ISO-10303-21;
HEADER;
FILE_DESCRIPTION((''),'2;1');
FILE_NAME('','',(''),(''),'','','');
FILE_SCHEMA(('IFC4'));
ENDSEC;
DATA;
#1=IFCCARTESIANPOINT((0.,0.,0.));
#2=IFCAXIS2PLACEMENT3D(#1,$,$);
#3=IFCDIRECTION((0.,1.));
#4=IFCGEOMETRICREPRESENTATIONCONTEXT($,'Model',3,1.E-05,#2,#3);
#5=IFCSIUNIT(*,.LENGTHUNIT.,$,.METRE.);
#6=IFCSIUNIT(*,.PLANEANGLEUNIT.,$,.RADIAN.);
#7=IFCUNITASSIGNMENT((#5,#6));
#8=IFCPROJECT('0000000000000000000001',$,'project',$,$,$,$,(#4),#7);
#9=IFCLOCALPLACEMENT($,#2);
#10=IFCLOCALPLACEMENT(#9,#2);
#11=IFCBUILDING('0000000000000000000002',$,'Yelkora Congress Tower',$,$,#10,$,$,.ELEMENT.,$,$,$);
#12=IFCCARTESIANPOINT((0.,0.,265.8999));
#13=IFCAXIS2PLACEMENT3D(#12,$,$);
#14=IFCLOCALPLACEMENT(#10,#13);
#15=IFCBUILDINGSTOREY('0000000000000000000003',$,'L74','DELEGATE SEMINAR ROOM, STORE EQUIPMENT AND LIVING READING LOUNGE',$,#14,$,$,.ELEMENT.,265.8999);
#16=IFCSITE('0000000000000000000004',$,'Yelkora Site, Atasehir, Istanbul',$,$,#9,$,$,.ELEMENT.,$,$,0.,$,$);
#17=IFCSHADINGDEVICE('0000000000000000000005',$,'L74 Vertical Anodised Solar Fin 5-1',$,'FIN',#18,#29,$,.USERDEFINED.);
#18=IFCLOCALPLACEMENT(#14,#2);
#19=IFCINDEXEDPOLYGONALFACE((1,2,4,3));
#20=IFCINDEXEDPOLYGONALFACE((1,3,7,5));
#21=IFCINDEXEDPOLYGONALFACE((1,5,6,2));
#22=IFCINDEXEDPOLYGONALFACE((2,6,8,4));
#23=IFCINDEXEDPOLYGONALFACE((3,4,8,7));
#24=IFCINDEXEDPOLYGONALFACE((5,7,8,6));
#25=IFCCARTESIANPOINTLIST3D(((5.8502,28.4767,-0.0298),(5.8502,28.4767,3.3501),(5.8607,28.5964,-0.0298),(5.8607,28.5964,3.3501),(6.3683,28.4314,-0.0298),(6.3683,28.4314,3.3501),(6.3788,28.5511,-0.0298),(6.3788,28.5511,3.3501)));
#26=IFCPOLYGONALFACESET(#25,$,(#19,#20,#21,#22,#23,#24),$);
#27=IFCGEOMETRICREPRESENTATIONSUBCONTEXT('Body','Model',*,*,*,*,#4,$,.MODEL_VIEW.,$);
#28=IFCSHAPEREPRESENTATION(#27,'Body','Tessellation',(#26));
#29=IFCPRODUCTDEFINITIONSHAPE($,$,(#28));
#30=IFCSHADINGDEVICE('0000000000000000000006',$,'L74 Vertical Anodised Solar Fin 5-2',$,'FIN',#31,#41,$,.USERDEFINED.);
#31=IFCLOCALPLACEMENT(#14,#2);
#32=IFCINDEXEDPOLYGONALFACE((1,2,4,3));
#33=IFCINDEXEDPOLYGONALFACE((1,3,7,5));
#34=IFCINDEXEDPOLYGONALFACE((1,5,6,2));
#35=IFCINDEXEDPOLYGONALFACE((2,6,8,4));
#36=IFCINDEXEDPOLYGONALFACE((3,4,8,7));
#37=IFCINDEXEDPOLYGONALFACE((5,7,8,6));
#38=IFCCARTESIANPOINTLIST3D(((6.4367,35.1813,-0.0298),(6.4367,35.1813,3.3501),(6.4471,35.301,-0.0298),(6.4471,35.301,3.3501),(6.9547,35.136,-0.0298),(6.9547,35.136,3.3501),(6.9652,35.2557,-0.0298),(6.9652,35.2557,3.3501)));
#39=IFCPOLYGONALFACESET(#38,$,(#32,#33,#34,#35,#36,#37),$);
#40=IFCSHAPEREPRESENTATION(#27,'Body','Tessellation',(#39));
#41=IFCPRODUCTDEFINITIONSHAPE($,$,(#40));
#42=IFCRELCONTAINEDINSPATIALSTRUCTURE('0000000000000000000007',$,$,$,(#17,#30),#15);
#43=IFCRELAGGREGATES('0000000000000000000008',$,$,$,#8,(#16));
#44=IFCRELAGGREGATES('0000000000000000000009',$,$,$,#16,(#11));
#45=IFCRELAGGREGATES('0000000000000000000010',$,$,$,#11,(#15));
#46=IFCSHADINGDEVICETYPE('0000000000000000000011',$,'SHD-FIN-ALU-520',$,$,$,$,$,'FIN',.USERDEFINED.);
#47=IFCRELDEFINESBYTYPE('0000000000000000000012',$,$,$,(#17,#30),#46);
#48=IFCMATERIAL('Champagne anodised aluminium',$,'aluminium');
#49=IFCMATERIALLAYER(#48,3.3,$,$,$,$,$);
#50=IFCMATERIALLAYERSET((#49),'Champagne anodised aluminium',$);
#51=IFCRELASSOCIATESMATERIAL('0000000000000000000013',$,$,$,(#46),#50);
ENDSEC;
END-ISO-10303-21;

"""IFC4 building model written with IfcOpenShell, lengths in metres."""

from ifc_helpers import new_model, si_unit, direction, frame, origin, origin_2d, place, context, subcontext, project, spatial, rectangle, extrude, material, layer, layer_set, type_object, element, save


model = new_model("IFC4")

# Units and contexts
model_context = context("Model", 3, precision=1e-05, world=origin(), true_north=direction((0.0, 1.0)))
body_context = subcontext(model_context, "Body", "Model", "MODEL_VIEW")
ifc_project = project(units=[si_unit("LENGTHUNIT", "METRE"), si_unit("PLANEANGLEUNIT", "RADIAN")], contexts=[model_context])

# Site, building, storey
site_placement = place(None, origin())
site = spatial("IfcSite", under=ifc_project, at=site_placement, Name="Yelkora Site, Atasehir, Istanbul", CompositionType="ELEMENT", RefElevation=0.0)
building_placement = place(site_placement, origin())
building = spatial("IfcBuilding", under=site, at=building_placement, Name="Yelkora Congress Tower", CompositionType="ELEMENT")
storey_placement = place(building_placement, frame((0.0, 0.0, 265.8999)))
storey = spatial("IfcBuildingStorey", under=building, at=storey_placement, Name="L74", Description="DELEGATE SEMINAR ROOM, STORE EQUIPMENT AND LIVING READING LOUNGE", CompositionType="ELEMENT", Elevation=265.8999)

# Shading devices
ifc_material_1 = material(Name="Champagne anodised aluminium", Category="aluminium")
ifc_layer_1 = layer(ifc_material_1, 3.3)
ifc_layer_set_1 = layer_set([ifc_layer_1], Name="Champagne anodised aluminium")
shading_device_type = type_object("IfcShadingDeviceType", Name="SHD-FIN-ALU-520", ElementType="FIN", PredefinedType="USERDEFINED", material=ifc_layer_set_1)
for number, where, z_axis, x_axis, name in (
    (1, (6.1145, 28.5139, -0.0298), (0.0, 0.0, 1.0), (0.087156, 0.996195, 0.0), "L74 Vertical Anodised Solar Fin 5-1"),
    (2, (6.7009, 35.2185, -0.0298), (0.0, 0.0, 1.0), (0.087156, 0.996195, 0.0), "L74 Vertical Anodised Solar Fin 5-2"),
):
    element("IfcShadingDevice", number, at=place(storey_placement, frame(where, z_axis=z_axis, x_axis=x_axis)), inside=storey, type_object=shading_device_type, Name=name, ObjectType="FIN", PredefinedType="USERDEFINED", context=body_context, shape_type="SweptSolid", body=[
        extrude(rectangle(XDim=0.1201, YDim=0.52, at=origin_2d()), origin(), (0.0, 0.0, 1.0), 3.3799),
    ])

save(model, "model.ifc")
